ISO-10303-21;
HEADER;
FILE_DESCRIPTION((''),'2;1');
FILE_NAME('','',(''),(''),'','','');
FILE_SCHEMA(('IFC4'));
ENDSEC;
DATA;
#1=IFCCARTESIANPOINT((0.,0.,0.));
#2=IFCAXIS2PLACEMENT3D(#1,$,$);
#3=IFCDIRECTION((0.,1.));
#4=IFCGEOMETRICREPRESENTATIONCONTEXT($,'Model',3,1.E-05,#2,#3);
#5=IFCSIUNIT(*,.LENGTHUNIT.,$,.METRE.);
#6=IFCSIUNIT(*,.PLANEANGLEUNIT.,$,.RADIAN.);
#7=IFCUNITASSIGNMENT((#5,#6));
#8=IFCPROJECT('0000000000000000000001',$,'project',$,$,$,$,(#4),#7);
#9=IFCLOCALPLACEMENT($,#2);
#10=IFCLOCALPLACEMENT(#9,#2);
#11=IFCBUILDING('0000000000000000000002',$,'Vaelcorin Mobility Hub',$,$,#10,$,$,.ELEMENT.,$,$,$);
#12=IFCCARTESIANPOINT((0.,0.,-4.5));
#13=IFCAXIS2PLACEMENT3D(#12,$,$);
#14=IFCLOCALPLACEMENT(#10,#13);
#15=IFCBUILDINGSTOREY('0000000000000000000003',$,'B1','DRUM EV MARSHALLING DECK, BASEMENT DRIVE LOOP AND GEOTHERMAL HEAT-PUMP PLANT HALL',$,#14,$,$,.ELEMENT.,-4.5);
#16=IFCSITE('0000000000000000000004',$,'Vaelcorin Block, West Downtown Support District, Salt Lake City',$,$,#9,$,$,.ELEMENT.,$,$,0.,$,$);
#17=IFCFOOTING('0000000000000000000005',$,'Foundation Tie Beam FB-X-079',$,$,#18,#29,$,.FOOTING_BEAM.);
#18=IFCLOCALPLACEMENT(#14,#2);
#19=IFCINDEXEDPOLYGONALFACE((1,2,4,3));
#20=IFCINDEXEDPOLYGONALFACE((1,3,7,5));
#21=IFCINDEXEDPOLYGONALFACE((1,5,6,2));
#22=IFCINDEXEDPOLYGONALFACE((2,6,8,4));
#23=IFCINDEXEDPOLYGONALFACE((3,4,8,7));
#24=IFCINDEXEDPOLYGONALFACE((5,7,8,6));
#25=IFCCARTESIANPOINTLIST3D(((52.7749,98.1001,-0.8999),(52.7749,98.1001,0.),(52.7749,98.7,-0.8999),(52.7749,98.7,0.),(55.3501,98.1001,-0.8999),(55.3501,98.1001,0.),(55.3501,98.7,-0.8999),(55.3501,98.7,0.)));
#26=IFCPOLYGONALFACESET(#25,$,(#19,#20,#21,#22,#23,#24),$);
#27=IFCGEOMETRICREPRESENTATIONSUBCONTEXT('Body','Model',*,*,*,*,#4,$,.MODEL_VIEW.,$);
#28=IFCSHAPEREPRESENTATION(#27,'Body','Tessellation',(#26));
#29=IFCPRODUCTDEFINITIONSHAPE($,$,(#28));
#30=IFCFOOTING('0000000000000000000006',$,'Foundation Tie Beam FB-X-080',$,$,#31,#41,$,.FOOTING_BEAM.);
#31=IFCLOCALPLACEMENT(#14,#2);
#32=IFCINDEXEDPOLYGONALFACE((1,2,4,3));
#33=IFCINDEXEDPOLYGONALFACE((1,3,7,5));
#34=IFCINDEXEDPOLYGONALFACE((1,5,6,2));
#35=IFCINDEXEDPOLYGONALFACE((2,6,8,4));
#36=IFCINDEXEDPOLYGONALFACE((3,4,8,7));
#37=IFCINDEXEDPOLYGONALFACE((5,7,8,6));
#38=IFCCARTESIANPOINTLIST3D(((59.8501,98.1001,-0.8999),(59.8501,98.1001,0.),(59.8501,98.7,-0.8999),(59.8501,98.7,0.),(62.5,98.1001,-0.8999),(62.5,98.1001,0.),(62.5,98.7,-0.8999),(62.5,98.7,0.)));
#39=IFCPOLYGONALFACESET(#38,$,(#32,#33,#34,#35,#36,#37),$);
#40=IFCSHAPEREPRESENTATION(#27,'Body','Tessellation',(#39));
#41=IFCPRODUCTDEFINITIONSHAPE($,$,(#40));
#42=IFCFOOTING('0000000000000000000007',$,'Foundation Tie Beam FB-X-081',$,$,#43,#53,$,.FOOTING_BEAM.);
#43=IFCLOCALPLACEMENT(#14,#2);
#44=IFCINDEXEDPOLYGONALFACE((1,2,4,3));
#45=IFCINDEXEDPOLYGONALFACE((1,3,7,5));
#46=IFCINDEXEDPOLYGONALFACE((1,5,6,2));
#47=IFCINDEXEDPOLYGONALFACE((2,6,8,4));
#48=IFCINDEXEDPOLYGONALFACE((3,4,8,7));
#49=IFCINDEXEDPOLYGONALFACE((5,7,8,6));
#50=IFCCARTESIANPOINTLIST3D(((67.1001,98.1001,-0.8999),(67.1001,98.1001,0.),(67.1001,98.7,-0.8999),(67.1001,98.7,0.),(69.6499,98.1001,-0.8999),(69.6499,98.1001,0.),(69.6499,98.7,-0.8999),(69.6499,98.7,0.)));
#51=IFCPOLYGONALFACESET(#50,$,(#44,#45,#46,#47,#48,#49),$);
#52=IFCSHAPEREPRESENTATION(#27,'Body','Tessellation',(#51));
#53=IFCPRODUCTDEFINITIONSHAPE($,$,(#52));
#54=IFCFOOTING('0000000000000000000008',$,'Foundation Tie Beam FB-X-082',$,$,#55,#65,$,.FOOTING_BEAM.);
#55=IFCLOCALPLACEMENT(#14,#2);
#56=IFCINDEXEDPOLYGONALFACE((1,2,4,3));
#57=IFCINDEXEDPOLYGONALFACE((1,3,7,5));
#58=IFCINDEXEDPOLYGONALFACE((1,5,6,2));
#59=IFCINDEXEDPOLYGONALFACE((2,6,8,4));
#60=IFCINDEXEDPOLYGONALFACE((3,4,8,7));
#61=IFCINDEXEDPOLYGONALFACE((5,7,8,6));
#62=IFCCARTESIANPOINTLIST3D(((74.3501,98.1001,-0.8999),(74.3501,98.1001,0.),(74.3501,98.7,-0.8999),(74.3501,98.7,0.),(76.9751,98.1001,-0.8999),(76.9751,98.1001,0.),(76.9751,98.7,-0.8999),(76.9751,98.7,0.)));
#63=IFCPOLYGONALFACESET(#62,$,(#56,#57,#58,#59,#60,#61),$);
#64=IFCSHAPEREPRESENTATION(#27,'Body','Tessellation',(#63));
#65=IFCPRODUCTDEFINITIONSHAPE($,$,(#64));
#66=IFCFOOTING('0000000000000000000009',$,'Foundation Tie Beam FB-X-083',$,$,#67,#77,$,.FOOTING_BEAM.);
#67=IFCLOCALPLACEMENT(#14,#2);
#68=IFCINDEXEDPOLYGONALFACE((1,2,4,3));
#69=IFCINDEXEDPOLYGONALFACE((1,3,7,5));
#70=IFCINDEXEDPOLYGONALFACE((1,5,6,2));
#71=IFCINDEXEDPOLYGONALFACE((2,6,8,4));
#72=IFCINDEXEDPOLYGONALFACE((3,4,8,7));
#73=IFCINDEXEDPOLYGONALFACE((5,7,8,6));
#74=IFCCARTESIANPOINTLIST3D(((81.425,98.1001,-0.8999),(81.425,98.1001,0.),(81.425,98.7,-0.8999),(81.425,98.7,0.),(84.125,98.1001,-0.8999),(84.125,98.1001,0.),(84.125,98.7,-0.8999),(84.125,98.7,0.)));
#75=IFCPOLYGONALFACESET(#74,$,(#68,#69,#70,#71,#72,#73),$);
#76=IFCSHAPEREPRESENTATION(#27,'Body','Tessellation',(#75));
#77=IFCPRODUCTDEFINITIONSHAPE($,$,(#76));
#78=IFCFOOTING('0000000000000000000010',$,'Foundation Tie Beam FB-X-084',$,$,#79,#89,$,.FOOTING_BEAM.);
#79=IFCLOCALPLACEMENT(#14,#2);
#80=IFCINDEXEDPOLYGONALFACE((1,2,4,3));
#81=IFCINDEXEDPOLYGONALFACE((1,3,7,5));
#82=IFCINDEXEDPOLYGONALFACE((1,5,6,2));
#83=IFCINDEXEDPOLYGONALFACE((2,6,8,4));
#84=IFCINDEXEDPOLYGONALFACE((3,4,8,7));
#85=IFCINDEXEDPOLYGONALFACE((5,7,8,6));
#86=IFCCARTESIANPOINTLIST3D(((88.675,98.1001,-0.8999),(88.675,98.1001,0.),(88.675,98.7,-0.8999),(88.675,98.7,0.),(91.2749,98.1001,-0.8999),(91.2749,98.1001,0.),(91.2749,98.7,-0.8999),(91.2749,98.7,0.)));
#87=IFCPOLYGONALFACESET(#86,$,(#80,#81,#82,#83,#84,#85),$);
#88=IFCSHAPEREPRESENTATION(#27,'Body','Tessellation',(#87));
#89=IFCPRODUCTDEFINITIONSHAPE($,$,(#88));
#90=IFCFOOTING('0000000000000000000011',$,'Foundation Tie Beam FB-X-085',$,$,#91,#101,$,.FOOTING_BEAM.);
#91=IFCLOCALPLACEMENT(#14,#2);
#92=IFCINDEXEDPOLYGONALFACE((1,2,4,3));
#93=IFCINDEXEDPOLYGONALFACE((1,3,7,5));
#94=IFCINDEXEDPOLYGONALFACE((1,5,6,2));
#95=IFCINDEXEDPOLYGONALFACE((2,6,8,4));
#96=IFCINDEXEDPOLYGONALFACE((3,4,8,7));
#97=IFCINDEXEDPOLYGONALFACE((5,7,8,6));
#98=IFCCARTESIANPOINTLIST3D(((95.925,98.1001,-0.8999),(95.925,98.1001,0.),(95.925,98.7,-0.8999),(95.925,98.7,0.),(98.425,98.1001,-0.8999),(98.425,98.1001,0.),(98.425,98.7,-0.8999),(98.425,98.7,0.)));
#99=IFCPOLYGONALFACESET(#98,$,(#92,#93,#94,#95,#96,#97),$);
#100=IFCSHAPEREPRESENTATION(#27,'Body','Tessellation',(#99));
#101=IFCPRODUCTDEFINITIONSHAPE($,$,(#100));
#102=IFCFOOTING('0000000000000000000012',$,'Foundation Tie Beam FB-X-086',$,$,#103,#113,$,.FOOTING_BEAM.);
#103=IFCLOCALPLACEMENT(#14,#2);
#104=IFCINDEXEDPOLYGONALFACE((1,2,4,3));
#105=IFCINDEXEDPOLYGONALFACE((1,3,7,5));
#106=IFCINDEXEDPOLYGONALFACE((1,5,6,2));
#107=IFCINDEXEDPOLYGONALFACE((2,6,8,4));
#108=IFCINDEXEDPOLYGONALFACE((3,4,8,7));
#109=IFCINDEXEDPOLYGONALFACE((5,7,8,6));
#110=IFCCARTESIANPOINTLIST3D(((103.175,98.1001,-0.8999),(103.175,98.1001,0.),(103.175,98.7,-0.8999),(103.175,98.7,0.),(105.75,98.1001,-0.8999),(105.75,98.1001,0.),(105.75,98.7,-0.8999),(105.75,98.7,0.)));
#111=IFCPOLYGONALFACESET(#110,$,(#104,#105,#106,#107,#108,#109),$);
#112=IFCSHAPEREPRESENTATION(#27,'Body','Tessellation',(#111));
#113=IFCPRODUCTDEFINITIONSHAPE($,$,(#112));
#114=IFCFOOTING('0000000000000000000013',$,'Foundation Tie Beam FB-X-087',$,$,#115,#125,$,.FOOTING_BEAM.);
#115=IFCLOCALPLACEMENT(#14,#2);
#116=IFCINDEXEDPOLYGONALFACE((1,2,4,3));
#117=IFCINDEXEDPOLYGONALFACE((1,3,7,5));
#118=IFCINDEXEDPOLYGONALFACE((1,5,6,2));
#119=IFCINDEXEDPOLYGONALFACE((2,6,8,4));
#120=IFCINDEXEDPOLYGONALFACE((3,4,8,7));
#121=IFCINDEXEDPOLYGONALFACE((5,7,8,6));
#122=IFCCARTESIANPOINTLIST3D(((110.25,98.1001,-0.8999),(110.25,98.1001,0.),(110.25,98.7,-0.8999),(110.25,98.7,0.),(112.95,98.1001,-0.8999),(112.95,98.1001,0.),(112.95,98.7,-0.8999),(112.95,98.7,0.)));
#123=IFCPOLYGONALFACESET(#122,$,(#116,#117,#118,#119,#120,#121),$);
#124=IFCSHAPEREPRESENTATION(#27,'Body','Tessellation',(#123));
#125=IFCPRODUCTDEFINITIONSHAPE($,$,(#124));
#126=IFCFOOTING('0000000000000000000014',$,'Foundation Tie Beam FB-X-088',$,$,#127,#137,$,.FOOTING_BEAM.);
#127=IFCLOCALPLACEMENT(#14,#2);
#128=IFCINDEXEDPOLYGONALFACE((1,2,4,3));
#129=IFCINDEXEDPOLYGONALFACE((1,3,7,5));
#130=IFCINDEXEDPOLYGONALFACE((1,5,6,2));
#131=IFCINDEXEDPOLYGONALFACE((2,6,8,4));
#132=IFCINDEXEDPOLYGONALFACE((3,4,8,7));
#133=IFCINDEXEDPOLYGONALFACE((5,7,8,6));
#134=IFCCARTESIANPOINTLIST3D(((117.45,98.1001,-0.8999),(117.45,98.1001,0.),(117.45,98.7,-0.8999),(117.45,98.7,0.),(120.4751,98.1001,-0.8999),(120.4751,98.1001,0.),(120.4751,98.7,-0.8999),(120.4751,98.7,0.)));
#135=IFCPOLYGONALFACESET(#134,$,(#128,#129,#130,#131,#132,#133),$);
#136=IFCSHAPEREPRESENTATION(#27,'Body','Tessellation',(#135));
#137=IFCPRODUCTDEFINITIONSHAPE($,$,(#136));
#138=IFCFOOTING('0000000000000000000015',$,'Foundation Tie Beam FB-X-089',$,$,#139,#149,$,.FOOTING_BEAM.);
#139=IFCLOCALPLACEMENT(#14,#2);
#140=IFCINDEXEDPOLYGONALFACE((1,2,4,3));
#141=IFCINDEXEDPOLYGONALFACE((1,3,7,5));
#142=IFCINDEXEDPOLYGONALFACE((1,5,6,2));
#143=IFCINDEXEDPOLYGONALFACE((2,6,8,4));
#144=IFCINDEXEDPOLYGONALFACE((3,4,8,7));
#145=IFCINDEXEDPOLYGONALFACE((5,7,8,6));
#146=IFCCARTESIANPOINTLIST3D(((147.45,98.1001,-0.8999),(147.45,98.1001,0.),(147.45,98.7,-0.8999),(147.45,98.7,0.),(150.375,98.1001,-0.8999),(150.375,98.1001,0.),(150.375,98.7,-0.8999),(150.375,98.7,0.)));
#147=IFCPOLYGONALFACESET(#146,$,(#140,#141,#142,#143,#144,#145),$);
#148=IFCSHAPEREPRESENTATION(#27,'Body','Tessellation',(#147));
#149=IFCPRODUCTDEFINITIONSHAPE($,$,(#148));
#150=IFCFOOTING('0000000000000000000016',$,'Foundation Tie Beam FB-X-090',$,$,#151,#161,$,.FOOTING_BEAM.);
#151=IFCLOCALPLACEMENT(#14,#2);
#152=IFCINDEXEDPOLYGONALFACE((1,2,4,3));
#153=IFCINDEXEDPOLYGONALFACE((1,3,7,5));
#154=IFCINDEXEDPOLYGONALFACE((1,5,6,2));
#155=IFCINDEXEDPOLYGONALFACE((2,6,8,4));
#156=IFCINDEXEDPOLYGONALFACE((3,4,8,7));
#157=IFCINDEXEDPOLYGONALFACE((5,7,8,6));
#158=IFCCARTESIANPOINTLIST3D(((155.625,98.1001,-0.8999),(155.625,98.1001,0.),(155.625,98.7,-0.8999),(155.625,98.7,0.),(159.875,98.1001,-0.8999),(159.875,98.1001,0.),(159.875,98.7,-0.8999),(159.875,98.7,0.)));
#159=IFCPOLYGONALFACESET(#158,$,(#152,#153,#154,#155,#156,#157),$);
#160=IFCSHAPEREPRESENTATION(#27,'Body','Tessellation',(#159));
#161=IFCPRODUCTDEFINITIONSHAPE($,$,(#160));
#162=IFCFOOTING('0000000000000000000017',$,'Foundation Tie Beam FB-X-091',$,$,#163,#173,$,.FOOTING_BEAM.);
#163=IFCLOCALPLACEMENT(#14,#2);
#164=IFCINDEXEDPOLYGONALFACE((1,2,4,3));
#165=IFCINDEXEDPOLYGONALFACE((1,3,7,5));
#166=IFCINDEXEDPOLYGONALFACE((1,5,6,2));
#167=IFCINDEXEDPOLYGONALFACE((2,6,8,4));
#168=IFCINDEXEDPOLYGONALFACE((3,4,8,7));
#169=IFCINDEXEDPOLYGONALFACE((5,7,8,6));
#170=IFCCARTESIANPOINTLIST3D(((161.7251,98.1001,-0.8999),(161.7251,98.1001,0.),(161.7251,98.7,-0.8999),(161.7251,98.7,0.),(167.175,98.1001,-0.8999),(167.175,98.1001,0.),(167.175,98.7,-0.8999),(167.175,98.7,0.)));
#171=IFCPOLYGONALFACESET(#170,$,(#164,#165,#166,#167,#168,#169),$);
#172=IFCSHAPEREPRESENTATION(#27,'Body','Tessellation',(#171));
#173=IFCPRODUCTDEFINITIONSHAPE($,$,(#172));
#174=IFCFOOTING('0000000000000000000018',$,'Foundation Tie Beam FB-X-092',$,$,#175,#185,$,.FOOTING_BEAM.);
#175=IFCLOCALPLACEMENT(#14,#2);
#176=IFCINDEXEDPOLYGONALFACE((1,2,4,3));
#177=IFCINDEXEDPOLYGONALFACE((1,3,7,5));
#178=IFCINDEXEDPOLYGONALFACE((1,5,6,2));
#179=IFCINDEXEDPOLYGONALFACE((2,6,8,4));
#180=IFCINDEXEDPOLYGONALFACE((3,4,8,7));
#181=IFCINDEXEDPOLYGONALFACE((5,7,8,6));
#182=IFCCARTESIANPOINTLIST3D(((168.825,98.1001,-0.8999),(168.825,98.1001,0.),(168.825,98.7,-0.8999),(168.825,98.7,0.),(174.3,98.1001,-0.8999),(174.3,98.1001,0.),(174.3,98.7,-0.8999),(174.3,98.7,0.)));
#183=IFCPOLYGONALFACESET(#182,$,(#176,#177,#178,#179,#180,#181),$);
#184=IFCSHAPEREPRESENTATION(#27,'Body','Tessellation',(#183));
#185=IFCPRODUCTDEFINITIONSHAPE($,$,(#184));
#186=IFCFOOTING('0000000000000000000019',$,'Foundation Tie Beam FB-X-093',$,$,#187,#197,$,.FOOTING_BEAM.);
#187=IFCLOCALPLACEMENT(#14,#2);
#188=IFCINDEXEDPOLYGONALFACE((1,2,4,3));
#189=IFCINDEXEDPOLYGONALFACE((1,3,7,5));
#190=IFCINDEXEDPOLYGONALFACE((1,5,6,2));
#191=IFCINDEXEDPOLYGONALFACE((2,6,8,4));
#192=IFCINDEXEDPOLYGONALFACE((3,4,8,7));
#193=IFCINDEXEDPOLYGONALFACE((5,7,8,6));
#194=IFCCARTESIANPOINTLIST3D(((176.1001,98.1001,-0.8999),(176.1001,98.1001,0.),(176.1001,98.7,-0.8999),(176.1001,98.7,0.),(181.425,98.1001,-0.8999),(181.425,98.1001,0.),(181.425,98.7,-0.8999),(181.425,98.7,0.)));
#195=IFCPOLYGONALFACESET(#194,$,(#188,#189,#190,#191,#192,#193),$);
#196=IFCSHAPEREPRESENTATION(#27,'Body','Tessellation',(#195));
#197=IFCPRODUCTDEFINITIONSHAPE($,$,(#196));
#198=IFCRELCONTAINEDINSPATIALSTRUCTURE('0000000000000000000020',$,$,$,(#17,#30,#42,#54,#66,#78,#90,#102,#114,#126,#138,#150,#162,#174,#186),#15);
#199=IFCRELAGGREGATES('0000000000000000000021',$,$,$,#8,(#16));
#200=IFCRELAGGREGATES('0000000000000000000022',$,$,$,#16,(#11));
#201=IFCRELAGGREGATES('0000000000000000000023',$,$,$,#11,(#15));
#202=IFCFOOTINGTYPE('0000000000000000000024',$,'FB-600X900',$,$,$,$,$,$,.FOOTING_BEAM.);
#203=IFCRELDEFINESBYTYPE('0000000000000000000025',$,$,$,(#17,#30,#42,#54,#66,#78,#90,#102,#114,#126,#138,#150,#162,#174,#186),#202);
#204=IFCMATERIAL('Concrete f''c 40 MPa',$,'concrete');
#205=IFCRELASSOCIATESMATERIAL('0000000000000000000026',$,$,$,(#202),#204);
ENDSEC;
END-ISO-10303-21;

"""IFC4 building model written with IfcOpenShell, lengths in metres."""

from ifc_helpers import new_model, si_unit, direction, frame, origin, place, context, subcontext, project, spatial, polyline, outline, extrude, material, type_object, element, save


model = new_model("IFC4")

# Units and contexts
model_context = context("Model", 3, precision=1e-05, world=origin(), true_north=direction((0.0, 1.0)))
body_context = subcontext(model_context, "Body", "Model", "MODEL_VIEW")
ifc_project = project(units=[si_unit("LENGTHUNIT", "METRE"), si_unit("PLANEANGLEUNIT", "RADIAN")], contexts=[model_context])

# Site, building, storey
site_placement = place(None, origin())
site = spatial("IfcSite", under=ifc_project, at=site_placement, Name="Vaelcorin Block, West Downtown Support District, Salt Lake City", CompositionType="ELEMENT", RefElevation=0.0)
building_placement = place(site_placement, origin())
building = spatial("IfcBuilding", under=site, at=building_placement, Name="Vaelcorin Mobility Hub", CompositionType="ELEMENT")
storey_placement = place(building_placement, frame((0.0, 0.0, -4.5)))
storey = spatial("IfcBuildingStorey", under=building, at=storey_placement, Name="B1", Description="DRUM EV MARSHALLING DECK, BASEMENT DRIVE LOOP AND GEOTHERMAL HEAT-PUMP PLANT HALL", CompositionType="ELEMENT", Elevation=-4.5)

# Footings
ifc_material = material(Name="Concrete f'c 40 MPa", Category="concrete")
footing_type = type_object("IfcFootingType", Name="FB-600X900", PredefinedType="FOOTING_BEAM", material=ifc_material)
footing_1_placement = place(storey_placement, frame((0.0, 0.0, -0.8999)))
element("IfcFooting", 1, at=footing_1_placement, inside=storey, type_object=footing_type, Name="Foundation Tie Beam FB-X-079", PredefinedType="FOOTING_BEAM", context=body_context, shape_type="SweptSolid", body=[
    extrude(outline(polyline([(52.7749, 98.1001), (55.3501, 98.1001), (55.3501, 98.7), (52.7749, 98.7), (52.7749, 98.1001)])), origin(), (0.0, 0.0, 1.0), 0.8999),
])
footing_2_placement = place(storey_placement, frame((0.0, 0.0, -0.8999)))
element("IfcFooting", 2, at=footing_2_placement, inside=storey, type_object=footing_type, Name="Foundation Tie Beam FB-X-080", PredefinedType="FOOTING_BEAM", context=body_context, shape_type="SweptSolid", body=[
    extrude(outline(polyline([(59.8501, 98.1001), (62.5, 98.1001), (62.5, 98.7), (59.8501, 98.7), (59.8501, 98.1001)])), origin(), (0.0, 0.0, 1.0), 0.8999),
])
footing_3_placement = place(storey_placement, frame((0.0, 0.0, -0.8999)))
element("IfcFooting", 3, at=footing_3_placement, inside=storey, type_object=footing_type, Name="Foundation Tie Beam FB-X-081", PredefinedType="FOOTING_BEAM", context=body_context, shape_type="SweptSolid", body=[
    extrude(outline(polyline([(67.1001, 98.1001), (69.6499, 98.1001), (69.6499, 98.7), (67.1001, 98.7), (67.1001, 98.1001)])), origin(), (0.0, 0.0, 1.0), 0.8999),
])
footing_4_placement = place(storey_placement, frame((0.0, 0.0, -0.8999)))
element("IfcFooting", 4, at=footing_4_placement, inside=storey, type_object=footing_type, Name="Foundation Tie Beam FB-X-082", PredefinedType="FOOTING_BEAM", context=body_context, shape_type="SweptSolid", body=[
    extrude(outline(polyline([(74.3501, 98.1001), (76.9751, 98.1001), (76.9751, 98.7), (74.3501, 98.7), (74.3501, 98.1001)])), origin(), (0.0, 0.0, 1.0), 0.8999),
])
footing_5_placement = place(storey_placement, frame((0.0, 0.0, -0.8999)))
element("IfcFooting", 5, at=footing_5_placement, inside=storey, type_object=footing_type, Name="Foundation Tie Beam FB-X-083", PredefinedType="FOOTING_BEAM", context=body_context, shape_type="SweptSolid", body=[
    extrude(outline(polyline([(81.425, 98.1001), (84.125, 98.1001), (84.125, 98.7), (81.425, 98.7), (81.425, 98.1001)])), origin(), (0.0, 0.0, 1.0), 0.8999),
])
footing_6_placement = place(storey_placement, frame((0.0, 0.0, -0.8999)))
element("IfcFooting", 6, at=footing_6_placement, inside=storey, type_object=footing_type, Name="Foundation Tie Beam FB-X-084", PredefinedType="FOOTING_BEAM", context=body_context, shape_type="SweptSolid", body=[
    extrude(outline(polyline([(88.675, 98.1001), (91.2749, 98.1001), (91.2749, 98.7), (88.675, 98.7), (88.675, 98.1001)])), origin(), (0.0, 0.0, 1.0), 0.8999),
])
footing_7_placement = place(storey_placement, frame((0.0, 0.0, -0.8999)))
element("IfcFooting", 7, at=footing_7_placement, inside=storey, type_object=footing_type, Name="Foundation Tie Beam FB-X-085", PredefinedType="FOOTING_BEAM", context=body_context, shape_type="SweptSolid", body=[
    extrude(outline(polyline([(95.925, 98.1001), (98.425, 98.1001), (98.425, 98.7), (95.925, 98.7), (95.925, 98.1001)])), origin(), (0.0, 0.0, 1.0), 0.8999),
])
footing_8_placement = place(storey_placement, frame((0.0, 0.0, -0.8999)))
element("IfcFooting", 8, at=footing_8_placement, inside=storey, type_object=footing_type, Name="Foundation Tie Beam FB-X-086", PredefinedType="FOOTING_BEAM", context=body_context, shape_type="SweptSolid", body=[
    extrude(outline(polyline([(103.175, 98.1001), (105.75, 98.1001), (105.75, 98.7), (103.175, 98.7), (103.175, 98.1001)])), origin(), (0.0, 0.0, 1.0), 0.8999),
])
footing_9_placement = place(storey_placement, frame((0.0, 0.0, -0.8999)))
element("IfcFooting", 9, at=footing_9_placement, inside=storey, type_object=footing_type, Name="Foundation Tie Beam FB-X-087", PredefinedType="FOOTING_BEAM", context=body_context, shape_type="SweptSolid", body=[
    extrude(outline(polyline([(110.25, 98.1001), (112.95, 98.1001), (112.95, 98.7), (110.25, 98.7), (110.25, 98.1001)])), origin(), (0.0, 0.0, 1.0), 0.8999),
])
footing_10_placement = place(storey_placement, frame((0.0, 0.0, -0.8999)))
element("IfcFooting", 10, at=footing_10_placement, inside=storey, type_object=footing_type, Name="Foundation Tie Beam FB-X-088", PredefinedType="FOOTING_BEAM", context=body_context, shape_type="SweptSolid", body=[
    extrude(outline(polyline([(117.45, 98.1001), (120.4751, 98.1001), (120.4751, 98.7), (117.45, 98.7), (117.45, 98.1001)])), origin(), (0.0, 0.0, 1.0), 0.8999),
])
footing_11_placement = place(storey_placement, frame((0.0, 0.0, -0.8999)))
element("IfcFooting", 11, at=footing_11_placement, inside=storey, type_object=footing_type, Name="Foundation Tie Beam FB-X-089", PredefinedType="FOOTING_BEAM", context=body_context, shape_type="SweptSolid", body=[
    extrude(outline(polyline([(147.45, 98.1001), (150.375, 98.1001), (150.375, 98.7), (147.45, 98.7), (147.45, 98.1001)])), origin(), (0.0, 0.0, 1.0), 0.8999),
])
footing_12_placement = place(storey_placement, frame((0.0, 0.0, -0.8999)))
element("IfcFooting", 12, at=footing_12_placement, inside=storey, type_object=footing_type, Name="Foundation Tie Beam FB-X-090", PredefinedType="FOOTING_BEAM", context=body_context, shape_type="SweptSolid", body=[
    extrude(outline(polyline([(155.625, 98.1001), (159.875, 98.1001), (159.875, 98.7), (155.625, 98.7), (155.625, 98.1001)])), origin(), (0.0, 0.0, 1.0), 0.8999),
])
footing_13_placement = place(storey_placement, frame((0.0, 0.0, -0.8999)))
element("IfcFooting", 13, at=footing_13_placement, inside=storey, type_object=footing_type, Name="Foundation Tie Beam FB-X-091", PredefinedType="FOOTING_BEAM", context=body_context, shape_type="SweptSolid", body=[
    extrude(outline(polyline([(161.7251, 98.1001), (167.175, 98.1001), (167.175, 98.7), (161.7251, 98.7), (161.7251, 98.1001)])), origin(), (0.0, 0.0, 1.0), 0.8999),
])
footing_14_placement = place(storey_placement, frame((0.0, 0.0, -0.8999)))
element("IfcFooting", 14, at=footing_14_placement, inside=storey, type_object=footing_type, Name="Foundation Tie Beam FB-X-092", PredefinedType="FOOTING_BEAM", context=body_context, shape_type="SweptSolid", body=[
    extrude(outline(polyline([(168.825, 98.1001), (174.3, 98.1001), (174.3, 98.7), (168.825, 98.7), (168.825, 98.1001)])), origin(), (0.0, 0.0, 1.0), 0.8999),
])
footing_15_placement = place(storey_placement, frame((0.0, 0.0, -0.8999)))
element("IfcFooting", 15, at=footing_15_placement, inside=storey, type_object=footing_type, Name="Foundation Tie Beam FB-X-093", PredefinedType="FOOTING_BEAM", context=body_context, shape_type="SweptSolid", body=[
    extrude(outline(polyline([(176.1001, 98.1001), (181.425, 98.1001), (181.425, 98.7), (176.1001, 98.7), (176.1001, 98.1001)])), origin(), (0.0, 0.0, 1.0), 0.8999),
])

save(model, "model.ifc")
